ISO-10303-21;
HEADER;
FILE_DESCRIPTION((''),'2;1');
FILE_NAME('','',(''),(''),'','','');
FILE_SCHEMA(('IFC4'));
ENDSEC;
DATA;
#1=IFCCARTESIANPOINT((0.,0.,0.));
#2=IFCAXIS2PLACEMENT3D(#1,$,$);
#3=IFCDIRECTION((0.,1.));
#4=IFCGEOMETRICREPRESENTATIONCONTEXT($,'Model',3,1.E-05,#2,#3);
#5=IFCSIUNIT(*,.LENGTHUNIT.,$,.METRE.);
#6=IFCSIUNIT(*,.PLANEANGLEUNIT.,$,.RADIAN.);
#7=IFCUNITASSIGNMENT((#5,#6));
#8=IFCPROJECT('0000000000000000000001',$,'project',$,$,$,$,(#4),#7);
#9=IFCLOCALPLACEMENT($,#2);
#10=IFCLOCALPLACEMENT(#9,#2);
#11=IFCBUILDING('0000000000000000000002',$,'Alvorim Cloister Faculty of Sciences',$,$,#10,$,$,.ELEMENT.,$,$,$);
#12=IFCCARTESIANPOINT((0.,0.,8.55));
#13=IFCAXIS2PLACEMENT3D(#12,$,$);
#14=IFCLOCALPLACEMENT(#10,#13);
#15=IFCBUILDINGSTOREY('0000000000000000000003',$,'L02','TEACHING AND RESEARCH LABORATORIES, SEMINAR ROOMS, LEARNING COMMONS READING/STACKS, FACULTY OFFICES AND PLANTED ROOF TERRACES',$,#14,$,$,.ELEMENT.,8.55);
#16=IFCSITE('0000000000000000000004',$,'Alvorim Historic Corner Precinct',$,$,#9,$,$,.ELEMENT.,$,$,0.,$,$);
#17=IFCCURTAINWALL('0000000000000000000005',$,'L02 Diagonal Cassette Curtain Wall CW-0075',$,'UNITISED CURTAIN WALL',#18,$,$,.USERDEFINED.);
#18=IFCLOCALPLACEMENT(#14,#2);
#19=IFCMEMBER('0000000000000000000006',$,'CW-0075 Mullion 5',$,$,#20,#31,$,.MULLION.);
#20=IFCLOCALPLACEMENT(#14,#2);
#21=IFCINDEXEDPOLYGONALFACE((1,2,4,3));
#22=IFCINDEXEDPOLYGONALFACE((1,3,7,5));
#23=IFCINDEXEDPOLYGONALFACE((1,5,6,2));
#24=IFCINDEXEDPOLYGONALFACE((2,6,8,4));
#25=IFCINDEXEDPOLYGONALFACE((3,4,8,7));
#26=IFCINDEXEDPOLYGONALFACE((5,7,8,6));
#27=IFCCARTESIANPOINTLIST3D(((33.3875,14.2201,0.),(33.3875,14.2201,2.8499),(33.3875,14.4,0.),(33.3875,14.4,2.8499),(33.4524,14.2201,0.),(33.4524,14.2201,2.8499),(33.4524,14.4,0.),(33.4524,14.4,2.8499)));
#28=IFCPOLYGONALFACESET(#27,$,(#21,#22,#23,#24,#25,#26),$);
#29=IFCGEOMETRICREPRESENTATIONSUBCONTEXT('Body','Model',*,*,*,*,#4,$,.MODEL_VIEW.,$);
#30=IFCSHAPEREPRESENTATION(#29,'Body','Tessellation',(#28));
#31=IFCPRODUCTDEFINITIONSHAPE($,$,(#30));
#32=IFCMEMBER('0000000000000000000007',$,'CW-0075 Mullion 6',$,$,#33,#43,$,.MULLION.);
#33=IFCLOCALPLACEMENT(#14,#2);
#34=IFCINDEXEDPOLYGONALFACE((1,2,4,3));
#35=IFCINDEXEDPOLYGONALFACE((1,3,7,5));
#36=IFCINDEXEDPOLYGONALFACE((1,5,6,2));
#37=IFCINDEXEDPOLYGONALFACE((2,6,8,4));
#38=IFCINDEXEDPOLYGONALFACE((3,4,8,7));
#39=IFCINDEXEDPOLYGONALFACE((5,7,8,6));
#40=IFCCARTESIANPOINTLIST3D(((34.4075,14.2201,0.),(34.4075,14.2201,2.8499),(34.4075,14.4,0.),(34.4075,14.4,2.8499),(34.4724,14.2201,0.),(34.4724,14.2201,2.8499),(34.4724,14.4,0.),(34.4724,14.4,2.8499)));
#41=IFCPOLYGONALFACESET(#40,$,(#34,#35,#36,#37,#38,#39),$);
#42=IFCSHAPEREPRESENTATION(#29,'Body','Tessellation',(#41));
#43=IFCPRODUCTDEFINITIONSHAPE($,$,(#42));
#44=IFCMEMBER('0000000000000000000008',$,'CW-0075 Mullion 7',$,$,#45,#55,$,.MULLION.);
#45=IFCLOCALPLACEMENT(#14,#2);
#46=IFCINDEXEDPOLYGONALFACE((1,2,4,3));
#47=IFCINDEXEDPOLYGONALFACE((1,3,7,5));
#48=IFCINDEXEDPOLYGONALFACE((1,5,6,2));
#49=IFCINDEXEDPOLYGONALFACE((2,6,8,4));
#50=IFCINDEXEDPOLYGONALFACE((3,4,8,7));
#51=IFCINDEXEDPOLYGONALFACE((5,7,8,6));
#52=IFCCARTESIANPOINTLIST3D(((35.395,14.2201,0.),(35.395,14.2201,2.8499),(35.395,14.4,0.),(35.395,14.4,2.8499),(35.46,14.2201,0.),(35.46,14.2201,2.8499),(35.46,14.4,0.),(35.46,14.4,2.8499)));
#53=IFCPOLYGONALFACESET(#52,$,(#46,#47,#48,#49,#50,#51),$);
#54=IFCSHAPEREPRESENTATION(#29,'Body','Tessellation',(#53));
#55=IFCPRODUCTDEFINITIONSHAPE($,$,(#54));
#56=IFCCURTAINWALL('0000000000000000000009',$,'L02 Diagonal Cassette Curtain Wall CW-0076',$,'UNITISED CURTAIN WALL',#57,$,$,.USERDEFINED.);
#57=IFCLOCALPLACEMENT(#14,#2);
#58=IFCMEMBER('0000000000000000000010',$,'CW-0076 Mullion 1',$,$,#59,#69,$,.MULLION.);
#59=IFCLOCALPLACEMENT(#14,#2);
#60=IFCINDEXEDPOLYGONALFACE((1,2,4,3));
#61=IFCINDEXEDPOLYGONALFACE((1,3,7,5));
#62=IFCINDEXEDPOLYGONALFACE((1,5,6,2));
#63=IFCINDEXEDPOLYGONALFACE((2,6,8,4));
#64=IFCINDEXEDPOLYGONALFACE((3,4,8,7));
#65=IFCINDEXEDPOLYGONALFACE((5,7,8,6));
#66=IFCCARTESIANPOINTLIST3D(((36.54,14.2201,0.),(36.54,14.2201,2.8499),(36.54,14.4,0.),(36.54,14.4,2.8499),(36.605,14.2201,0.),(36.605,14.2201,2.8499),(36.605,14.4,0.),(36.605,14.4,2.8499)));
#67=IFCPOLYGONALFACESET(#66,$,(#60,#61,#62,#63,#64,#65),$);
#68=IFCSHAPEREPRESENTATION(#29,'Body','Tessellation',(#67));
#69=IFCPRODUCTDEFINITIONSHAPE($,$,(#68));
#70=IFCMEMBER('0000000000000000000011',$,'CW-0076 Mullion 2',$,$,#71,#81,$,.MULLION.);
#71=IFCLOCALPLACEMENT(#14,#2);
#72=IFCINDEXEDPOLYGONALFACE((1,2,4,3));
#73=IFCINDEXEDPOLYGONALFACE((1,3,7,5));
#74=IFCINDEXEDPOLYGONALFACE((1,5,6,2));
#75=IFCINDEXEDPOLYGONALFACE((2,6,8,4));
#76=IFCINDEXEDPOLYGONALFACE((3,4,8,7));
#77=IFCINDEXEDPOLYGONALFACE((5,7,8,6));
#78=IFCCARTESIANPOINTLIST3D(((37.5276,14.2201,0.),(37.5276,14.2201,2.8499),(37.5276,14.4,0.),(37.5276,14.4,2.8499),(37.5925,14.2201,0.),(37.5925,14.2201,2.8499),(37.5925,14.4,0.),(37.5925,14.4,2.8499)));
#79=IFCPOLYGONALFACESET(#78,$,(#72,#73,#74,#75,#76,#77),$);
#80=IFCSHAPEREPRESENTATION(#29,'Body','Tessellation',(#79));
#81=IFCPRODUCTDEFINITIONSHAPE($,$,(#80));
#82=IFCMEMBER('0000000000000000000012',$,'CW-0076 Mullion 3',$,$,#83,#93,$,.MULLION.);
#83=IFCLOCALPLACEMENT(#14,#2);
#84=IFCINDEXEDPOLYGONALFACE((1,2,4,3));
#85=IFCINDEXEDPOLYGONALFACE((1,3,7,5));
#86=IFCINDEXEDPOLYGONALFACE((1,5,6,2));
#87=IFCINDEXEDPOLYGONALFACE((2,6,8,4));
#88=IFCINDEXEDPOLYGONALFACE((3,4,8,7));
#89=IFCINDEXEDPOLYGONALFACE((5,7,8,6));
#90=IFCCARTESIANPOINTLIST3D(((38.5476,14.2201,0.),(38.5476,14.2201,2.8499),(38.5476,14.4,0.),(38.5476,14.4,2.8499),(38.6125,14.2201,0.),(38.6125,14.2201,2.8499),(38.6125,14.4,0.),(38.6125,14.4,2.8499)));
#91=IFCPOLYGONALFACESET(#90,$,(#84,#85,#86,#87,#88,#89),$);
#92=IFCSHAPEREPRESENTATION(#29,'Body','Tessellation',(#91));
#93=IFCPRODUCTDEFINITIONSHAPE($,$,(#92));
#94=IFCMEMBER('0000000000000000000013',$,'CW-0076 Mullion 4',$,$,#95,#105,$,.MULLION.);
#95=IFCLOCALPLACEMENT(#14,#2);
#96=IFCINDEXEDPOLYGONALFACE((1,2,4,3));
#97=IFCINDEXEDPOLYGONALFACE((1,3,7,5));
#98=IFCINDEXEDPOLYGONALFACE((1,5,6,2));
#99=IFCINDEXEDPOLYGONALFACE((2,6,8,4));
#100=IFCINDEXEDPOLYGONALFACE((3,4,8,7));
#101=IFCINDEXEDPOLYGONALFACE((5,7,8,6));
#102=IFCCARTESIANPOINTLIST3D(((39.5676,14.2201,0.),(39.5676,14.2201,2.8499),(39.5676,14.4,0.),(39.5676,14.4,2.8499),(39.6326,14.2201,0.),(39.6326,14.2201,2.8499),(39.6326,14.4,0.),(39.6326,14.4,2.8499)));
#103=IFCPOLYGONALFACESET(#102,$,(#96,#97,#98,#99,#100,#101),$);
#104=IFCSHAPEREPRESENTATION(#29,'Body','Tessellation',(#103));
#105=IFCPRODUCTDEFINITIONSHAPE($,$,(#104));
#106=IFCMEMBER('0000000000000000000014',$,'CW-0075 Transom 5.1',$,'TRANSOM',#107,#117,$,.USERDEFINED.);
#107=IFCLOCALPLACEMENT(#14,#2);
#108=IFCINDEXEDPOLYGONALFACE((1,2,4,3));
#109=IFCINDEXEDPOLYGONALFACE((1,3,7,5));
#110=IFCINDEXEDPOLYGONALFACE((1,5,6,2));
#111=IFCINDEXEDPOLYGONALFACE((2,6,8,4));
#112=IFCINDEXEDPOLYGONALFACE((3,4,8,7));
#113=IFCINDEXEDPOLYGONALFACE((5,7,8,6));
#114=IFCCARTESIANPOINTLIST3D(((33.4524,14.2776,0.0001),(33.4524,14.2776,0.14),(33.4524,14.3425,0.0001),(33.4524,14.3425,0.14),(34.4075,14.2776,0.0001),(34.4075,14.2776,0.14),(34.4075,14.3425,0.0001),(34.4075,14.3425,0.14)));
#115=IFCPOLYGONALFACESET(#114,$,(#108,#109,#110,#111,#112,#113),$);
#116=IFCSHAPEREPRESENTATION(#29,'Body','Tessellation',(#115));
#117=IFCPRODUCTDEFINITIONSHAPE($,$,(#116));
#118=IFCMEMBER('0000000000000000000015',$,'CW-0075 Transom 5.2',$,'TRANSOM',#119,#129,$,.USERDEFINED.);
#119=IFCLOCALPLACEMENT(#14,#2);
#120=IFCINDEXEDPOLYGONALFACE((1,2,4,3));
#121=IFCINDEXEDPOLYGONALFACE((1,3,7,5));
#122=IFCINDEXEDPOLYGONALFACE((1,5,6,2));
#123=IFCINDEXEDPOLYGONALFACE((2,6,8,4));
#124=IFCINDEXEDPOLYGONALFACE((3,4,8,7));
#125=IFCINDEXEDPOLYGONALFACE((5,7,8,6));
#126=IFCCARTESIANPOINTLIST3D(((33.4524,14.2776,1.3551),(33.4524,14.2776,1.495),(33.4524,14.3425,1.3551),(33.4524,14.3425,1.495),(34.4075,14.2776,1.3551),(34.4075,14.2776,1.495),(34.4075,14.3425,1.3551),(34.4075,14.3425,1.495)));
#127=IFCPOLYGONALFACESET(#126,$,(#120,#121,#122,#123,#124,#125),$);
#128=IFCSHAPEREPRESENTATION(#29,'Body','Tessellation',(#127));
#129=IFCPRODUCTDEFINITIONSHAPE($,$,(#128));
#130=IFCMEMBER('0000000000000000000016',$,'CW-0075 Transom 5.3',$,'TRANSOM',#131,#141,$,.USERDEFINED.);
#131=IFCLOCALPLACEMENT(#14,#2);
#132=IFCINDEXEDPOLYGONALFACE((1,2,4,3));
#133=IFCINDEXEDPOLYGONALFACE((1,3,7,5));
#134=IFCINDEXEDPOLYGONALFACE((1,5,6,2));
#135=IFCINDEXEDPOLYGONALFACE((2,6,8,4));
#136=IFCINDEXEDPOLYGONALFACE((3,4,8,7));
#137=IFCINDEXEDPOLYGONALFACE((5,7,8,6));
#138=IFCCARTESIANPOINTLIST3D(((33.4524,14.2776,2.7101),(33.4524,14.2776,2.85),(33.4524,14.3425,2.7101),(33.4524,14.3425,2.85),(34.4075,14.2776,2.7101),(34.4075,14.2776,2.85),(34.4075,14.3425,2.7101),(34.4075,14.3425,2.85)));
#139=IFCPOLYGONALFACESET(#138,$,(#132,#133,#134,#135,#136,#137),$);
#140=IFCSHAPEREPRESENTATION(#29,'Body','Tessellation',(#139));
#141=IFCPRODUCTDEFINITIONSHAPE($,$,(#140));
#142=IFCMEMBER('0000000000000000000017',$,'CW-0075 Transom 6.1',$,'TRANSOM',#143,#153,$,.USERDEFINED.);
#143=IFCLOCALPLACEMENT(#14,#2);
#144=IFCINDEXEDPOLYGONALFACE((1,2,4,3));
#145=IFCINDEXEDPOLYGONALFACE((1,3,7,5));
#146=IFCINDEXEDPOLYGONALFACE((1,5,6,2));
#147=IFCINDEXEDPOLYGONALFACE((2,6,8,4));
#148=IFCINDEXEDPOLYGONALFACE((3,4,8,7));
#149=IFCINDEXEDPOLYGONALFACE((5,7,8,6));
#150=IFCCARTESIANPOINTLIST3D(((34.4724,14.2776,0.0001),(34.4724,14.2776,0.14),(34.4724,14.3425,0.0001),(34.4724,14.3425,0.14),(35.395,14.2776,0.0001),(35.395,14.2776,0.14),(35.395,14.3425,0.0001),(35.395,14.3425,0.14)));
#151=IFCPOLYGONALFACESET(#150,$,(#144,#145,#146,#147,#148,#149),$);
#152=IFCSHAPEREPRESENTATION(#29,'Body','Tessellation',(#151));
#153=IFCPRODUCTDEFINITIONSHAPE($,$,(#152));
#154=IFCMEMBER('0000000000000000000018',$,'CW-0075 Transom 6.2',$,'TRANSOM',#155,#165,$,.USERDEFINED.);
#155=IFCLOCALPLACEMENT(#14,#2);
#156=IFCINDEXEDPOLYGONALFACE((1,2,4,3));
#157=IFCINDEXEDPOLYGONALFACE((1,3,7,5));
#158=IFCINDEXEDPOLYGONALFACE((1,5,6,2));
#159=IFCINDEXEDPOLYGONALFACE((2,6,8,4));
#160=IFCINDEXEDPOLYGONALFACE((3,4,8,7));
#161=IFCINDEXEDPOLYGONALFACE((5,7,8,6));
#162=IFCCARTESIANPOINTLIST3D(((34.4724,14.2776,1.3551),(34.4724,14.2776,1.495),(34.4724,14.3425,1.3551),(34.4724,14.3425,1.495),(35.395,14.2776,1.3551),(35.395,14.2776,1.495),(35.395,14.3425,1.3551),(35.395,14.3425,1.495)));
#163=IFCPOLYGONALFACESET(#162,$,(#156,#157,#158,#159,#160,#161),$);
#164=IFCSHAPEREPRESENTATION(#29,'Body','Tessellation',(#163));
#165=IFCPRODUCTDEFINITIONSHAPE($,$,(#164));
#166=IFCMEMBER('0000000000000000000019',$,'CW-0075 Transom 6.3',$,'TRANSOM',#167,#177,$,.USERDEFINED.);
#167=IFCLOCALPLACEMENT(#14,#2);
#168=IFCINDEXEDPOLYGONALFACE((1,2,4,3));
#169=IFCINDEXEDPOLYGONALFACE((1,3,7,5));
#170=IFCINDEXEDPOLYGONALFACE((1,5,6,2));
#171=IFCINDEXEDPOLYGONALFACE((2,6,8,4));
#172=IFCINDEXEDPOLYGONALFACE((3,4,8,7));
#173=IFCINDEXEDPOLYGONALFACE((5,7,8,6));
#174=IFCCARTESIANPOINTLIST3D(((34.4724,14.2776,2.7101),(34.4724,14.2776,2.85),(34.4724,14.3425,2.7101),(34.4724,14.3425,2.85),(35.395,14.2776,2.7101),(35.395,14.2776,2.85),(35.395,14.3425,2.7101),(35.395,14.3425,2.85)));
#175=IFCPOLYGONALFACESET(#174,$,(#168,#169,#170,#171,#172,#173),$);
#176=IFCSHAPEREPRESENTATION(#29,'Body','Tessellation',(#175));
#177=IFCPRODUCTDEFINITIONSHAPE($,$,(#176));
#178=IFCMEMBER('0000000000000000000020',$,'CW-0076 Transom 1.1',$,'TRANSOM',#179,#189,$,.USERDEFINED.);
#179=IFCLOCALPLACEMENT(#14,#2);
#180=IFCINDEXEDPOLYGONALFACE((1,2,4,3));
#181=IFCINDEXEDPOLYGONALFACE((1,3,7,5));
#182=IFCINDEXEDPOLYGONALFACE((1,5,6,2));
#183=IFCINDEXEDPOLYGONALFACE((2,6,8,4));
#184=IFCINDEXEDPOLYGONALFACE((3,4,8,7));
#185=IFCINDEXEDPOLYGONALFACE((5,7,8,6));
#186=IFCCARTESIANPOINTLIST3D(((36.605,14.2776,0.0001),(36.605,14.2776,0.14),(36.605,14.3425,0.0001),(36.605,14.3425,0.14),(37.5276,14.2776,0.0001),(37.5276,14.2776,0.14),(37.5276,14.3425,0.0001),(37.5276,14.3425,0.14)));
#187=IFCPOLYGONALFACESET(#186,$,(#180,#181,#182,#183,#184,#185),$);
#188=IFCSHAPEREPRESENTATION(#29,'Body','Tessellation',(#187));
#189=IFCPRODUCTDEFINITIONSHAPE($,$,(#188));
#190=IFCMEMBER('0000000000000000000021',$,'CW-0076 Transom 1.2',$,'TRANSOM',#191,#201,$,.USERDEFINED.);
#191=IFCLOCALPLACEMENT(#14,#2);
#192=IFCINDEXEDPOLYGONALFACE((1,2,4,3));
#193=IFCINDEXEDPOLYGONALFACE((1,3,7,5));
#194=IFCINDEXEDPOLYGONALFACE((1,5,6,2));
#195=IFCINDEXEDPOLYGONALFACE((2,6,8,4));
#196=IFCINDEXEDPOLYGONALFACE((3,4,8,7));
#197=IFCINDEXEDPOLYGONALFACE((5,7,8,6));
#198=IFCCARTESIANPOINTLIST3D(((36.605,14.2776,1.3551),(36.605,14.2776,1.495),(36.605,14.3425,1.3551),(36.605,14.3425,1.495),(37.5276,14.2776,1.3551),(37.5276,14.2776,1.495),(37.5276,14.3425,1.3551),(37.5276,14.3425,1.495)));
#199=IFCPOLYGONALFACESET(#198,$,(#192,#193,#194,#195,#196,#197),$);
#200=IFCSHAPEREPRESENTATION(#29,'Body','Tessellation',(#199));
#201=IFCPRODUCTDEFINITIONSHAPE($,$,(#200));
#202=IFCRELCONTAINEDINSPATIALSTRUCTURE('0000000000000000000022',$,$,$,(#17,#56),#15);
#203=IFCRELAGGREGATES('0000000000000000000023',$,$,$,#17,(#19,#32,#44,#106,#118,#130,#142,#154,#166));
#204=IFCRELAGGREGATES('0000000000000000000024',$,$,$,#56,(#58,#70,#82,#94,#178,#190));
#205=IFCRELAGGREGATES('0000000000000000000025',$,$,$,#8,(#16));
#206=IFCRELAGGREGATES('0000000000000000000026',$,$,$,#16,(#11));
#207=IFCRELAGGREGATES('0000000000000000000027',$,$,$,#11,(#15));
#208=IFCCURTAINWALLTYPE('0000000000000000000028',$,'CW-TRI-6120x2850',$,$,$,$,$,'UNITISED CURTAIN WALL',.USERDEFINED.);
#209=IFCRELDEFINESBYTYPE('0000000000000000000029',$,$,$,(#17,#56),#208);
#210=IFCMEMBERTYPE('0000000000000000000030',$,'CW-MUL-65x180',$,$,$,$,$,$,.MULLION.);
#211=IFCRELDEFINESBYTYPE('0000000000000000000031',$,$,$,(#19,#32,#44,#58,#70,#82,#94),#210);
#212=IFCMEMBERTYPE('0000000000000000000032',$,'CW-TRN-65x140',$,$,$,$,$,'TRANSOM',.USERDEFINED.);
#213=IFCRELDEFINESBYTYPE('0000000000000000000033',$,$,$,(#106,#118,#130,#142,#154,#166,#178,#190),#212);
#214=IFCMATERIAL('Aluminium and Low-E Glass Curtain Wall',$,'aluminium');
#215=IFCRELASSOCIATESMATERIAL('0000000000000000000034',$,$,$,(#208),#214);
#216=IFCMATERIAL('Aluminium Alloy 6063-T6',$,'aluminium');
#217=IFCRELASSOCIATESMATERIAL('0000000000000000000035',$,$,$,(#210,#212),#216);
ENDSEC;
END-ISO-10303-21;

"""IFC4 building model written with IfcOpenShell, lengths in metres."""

from ifc_helpers import new_model, si_unit, direction, frame, origin, origin_2d, place, context, subcontext, project, spatial, rectangle, extrude, material, material_profile, profile_set, type_object, element, aggregate, save


model = new_model("IFC4")

# Units and contexts
model_context = context("Model", 3, precision=1e-05, world=origin(), true_north=direction((0.0, 1.0)))
body_context = subcontext(model_context, "Body", "Model", "MODEL_VIEW")
ifc_project = project(units=[si_unit("LENGTHUNIT", "METRE"), si_unit("PLANEANGLEUNIT", "RADIAN")], contexts=[model_context])

# Site, building, storey
site_placement = place(None, origin())
site = spatial("IfcSite", under=ifc_project, at=site_placement, Name="Alvorim Historic Corner Precinct", CompositionType="ELEMENT", RefElevation=0.0)
building_placement = place(site_placement, origin())
building = spatial("IfcBuilding", under=site, at=building_placement, Name="Alvorim Cloister Faculty of Sciences", CompositionType="ELEMENT")
storey_placement = place(building_placement, frame((0.0, 0.0, 8.55)))
storey = spatial("IfcBuildingStorey", under=building, at=storey_placement, Name="L02", Description="TEACHING AND RESEARCH LABORATORIES, SEMINAR ROOMS, LEARNING COMMONS READING/STACKS, FACULTY OFFICES AND PLANTED ROOF TERRACES", CompositionType="ELEMENT", Elevation=8.55)

# Curtain walls, members
ifc_material_1 = material(Name="Aluminium and Low-E Glass Curtain Wall", Category="aluminium")
curtain_wall_type = type_object("IfcCurtainWallType", Name="CW-TRI-6120x2850", ElementType="UNITISED CURTAIN WALL", PredefinedType="USERDEFINED", material=ifc_material_1)
curtain_wall_1_placement = place(storey_placement, origin())
curtain_wall_1 = element("IfcCurtainWall", 1, at=curtain_wall_1_placement, inside=storey, type_object=curtain_wall_type, Name="L02 Diagonal Cassette Curtain Wall CW-0075", ObjectType="UNITISED CURTAIN WALL", PredefinedType="USERDEFINED")
ifc_material_2 = material(Name="Aluminium Alloy 6063-T6", Category="aluminium")
ifc_material_profile_1 = material_profile(ifc_material_2, rectangle(XDim=0.0649, YDim=0.1799, at=origin_2d()), Name="ALU-MUL-65x180")
ifc_profile_set_1 = profile_set([ifc_material_profile_1], Name="Aluminium Alloy 6063-T6")
member_type_1 = type_object("IfcMemberType", Name="CW-MUL-65x180", PredefinedType="MULLION", material=ifc_profile_set_1)
member_1_placement = place(storey_placement, frame((33.4199, 14.3101, 0.0), z_axis=(0.0, 0.0, 1.0), x_axis=(1.0, 0.0, 0.0)))
member_1 = element("IfcMember", 2, at=member_1_placement, type_object=member_type_1, Name="CW-0075 Mullion 5", PredefinedType="MULLION", context=body_context, shape_type="SweptSolid", body=[
    extrude(rectangle(XDim=0.0649, YDim=0.1799, at=origin_2d()), origin(), (0.0, 0.0, 1.0), 2.8499),
])
member_2_placement = place(storey_placement, frame((34.4399, 14.3101, 0.0), z_axis=(0.0, 0.0, 1.0), x_axis=(1.0, 0.0, 0.0)))
member_2 = element("IfcMember", 3, at=member_2_placement, type_object=member_type_1, Name="CW-0075 Mullion 6", PredefinedType="MULLION", context=body_context, shape_type="SweptSolid", body=[
    extrude(rectangle(XDim=0.0649, YDim=0.1799, at=origin_2d()), origin(), (0.0, 0.0, 1.0), 2.8499),
])
member_3_placement = place(storey_placement, frame((35.4275, 14.3101, 0.0), z_axis=(0.0, 0.0, 1.0), x_axis=(1.0, 0.0, 0.0)))
member_3 = element("IfcMember", 4, at=member_3_placement, type_object=member_type_1, Name="CW-0075 Mullion 7", PredefinedType="MULLION", context=body_context, shape_type="SweptSolid", body=[
    extrude(rectangle(XDim=0.0649, YDim=0.1799, at=origin_2d()), origin(), (0.0, 0.0, 1.0), 2.8499),
])
curtain_wall_2_placement = place(storey_placement, origin())
curtain_wall_2 = element("IfcCurtainWall", 5, at=curtain_wall_2_placement, inside=storey, type_object=curtain_wall_type, Name="L02 Diagonal Cassette Curtain Wall CW-0076", ObjectType="UNITISED CURTAIN WALL", PredefinedType="USERDEFINED")
member_4_placement = place(storey_placement, frame((36.5725, 14.3101, 0.0), z_axis=(0.0, 0.0, 1.0), x_axis=(1.0, 0.0, 0.0)))
member_4 = element("IfcMember", 6, at=member_4_placement, type_object=member_type_1, Name="CW-0076 Mullion 1", PredefinedType="MULLION", context=body_context, shape_type="SweptSolid", body=[
    extrude(rectangle(XDim=0.0649, YDim=0.1799, at=origin_2d()), origin(), (0.0, 0.0, 1.0), 2.8499),
])
member_5_placement = place(storey_placement, frame((37.5601, 14.3101, 0.0), z_axis=(0.0, 0.0, 1.0), x_axis=(1.0, 0.0, 0.0)))
member_5 = element("IfcMember", 7, at=member_5_placement, type_object=member_type_1, Name="CW-0076 Mullion 2", PredefinedType="MULLION", context=body_context, shape_type="SweptSolid", body=[
    extrude(rectangle(XDim=0.0649, YDim=0.1799, at=origin_2d()), origin(), (0.0, 0.0, 1.0), 2.8499),
])
member_6_placement = place(storey_placement, frame((38.5801, 14.3101, 0.0), z_axis=(0.0, 0.0, 1.0), x_axis=(1.0, 0.0, 0.0)))
member_6 = element("IfcMember", 8, at=member_6_placement, type_object=member_type_1, Name="CW-0076 Mullion 3", PredefinedType="MULLION", context=body_context, shape_type="SweptSolid", body=[
    extrude(rectangle(XDim=0.0649, YDim=0.1799, at=origin_2d()), origin(), (0.0, 0.0, 1.0), 2.8499),
])
member_7_placement = place(storey_placement, frame((39.6001, 14.3101, 0.0), z_axis=(0.0, 0.0, 1.0), x_axis=(1.0, 0.0, 0.0)))
member_7 = element("IfcMember", 9, at=member_7_placement, type_object=member_type_1, Name="CW-0076 Mullion 4", PredefinedType="MULLION", context=body_context, shape_type="SweptSolid", body=[
    extrude(rectangle(XDim=0.0649, YDim=0.1799, at=origin_2d()), origin(), (0.0, 0.0, 1.0), 2.8499),
])

# Members
ifc_material_profile_2 = material_profile(ifc_material_2, rectangle(XDim=0.0649, YDim=0.1399, at=origin_2d()), Name="ALU-TRN-65x140")
ifc_profile_set_2 = profile_set([ifc_material_profile_2], Name="Aluminium Alloy 6063-T6")
member_type_2 = type_object("IfcMemberType", Name="CW-TRN-65x140", ElementType="TRANSOM", PredefinedType="USERDEFINED", material=ifc_profile_set_2)
member_8_placement = place(storey_placement, frame((33.4524, 14.3101, 0.0701), z_axis=(1.0, 0.0, 0.0), x_axis=(0.0, 1.0, 0.0)))
member_8 = element("IfcMember", 10, at=member_8_placement, type_object=member_type_2, Name="CW-0075 Transom 5.1", ObjectType="TRANSOM", PredefinedType="USERDEFINED", context=body_context, shape_type="SweptSolid", body=[
    extrude(rectangle(XDim=0.0649, YDim=0.1399, at=origin_2d()), origin(), (0.0, 0.0, 1.0), 0.9551),
])
member_9_placement = place(storey_placement, frame((33.4524, 14.3101, 1.425), z_axis=(1.0, 0.0, 0.0), x_axis=(0.0, 1.0, 0.0)))
member_9 = element("IfcMember", 11, at=member_9_placement, type_object=member_type_2, Name="CW-0075 Transom 5.2", ObjectType="TRANSOM", PredefinedType="USERDEFINED", context=body_context, shape_type="SweptSolid", body=[
    extrude(rectangle(XDim=0.0649, YDim=0.1399, at=origin_2d()), origin(), (0.0, 0.0, 1.0), 0.9551),
])
member_10_placement = place(storey_placement, frame((33.4524, 14.3101, 2.78), z_axis=(1.0, 0.0, 0.0), x_axis=(0.0, 1.0, 0.0)))
member_10 = element("IfcMember", 12, at=member_10_placement, type_object=member_type_2, Name="CW-0075 Transom 5.3", ObjectType="TRANSOM", PredefinedType="USERDEFINED", context=body_context, shape_type="SweptSolid", body=[
    extrude(rectangle(XDim=0.0649, YDim=0.1399, at=origin_2d()), origin(), (0.0, 0.0, 1.0), 0.9551),
])
member_11_placement = place(storey_placement, frame((34.4724, 14.3101, 0.0701), z_axis=(1.0, 0.0, 0.0), x_axis=(0.0, 1.0, 0.0)))
member_11 = element("IfcMember", 13, at=member_11_placement, type_object=member_type_2, Name="CW-0075 Transom 6.1", ObjectType="TRANSOM", PredefinedType="USERDEFINED", context=body_context, shape_type="SweptSolid", body=[
    extrude(rectangle(XDim=0.0649, YDim=0.1399, at=origin_2d()), origin(), (0.0, 0.0, 1.0), 0.9226),
])
member_12_placement = place(storey_placement, frame((34.4724, 14.3101, 1.425), z_axis=(1.0, 0.0, 0.0), x_axis=(0.0, 1.0, 0.0)))
member_12 = element("IfcMember", 14, at=member_12_placement, type_object=member_type_2, Name="CW-0075 Transom 6.2", ObjectType="TRANSOM", PredefinedType="USERDEFINED", context=body_context, shape_type="SweptSolid", body=[
    extrude(rectangle(XDim=0.0649, YDim=0.1399, at=origin_2d()), origin(), (0.0, 0.0, 1.0), 0.9226),
])
member_13_placement = place(storey_placement, frame((34.4724, 14.3101, 2.78), z_axis=(1.0, 0.0, 0.0), x_axis=(0.0, 1.0, 0.0)))
member_13 = element("IfcMember", 15, at=member_13_placement, type_object=member_type_2, Name="CW-0075 Transom 6.3", ObjectType="TRANSOM", PredefinedType="USERDEFINED", context=body_context, shape_type="SweptSolid", body=[
    extrude(rectangle(XDim=0.0649, YDim=0.1399, at=origin_2d()), origin(), (0.0, 0.0, 1.0), 0.9226),
])
aggregate(curtain_wall_1, [member_1, member_2, member_3, member_8, member_9, member_10, member_11, member_12, member_13])
member_14_placement = place(storey_placement, frame((36.605, 14.3101, 0.0701), z_axis=(1.0, 0.0, 0.0), x_axis=(0.0, 1.0, 0.0)))
member_14 = element("IfcMember", 16, at=member_14_placement, type_object=member_type_2, Name="CW-0076 Transom 1.1", ObjectType="TRANSOM", PredefinedType="USERDEFINED", context=body_context, shape_type="SweptSolid", body=[
    extrude(rectangle(XDim=0.0649, YDim=0.1399, at=origin_2d()), origin(), (0.0, 0.0, 1.0), 0.9226),
])
member_15_placement = place(storey_placement, frame((36.605, 14.3101, 1.425), z_axis=(1.0, 0.0, 0.0), x_axis=(0.0, 1.0, 0.0)))
member_15 = element("IfcMember", 17, at=member_15_placement, type_object=member_type_2, Name="CW-0076 Transom 1.2", ObjectType="TRANSOM", PredefinedType="USERDEFINED", context=body_context, shape_type="SweptSolid", body=[
    extrude(rectangle(XDim=0.0649, YDim=0.1399, at=origin_2d()), origin(), (0.0, 0.0, 1.0), 0.9226),
])
aggregate(curtain_wall_2, [member_4, member_5, member_6, member_7, member_14, member_15])

save(model, "model.ifc")
